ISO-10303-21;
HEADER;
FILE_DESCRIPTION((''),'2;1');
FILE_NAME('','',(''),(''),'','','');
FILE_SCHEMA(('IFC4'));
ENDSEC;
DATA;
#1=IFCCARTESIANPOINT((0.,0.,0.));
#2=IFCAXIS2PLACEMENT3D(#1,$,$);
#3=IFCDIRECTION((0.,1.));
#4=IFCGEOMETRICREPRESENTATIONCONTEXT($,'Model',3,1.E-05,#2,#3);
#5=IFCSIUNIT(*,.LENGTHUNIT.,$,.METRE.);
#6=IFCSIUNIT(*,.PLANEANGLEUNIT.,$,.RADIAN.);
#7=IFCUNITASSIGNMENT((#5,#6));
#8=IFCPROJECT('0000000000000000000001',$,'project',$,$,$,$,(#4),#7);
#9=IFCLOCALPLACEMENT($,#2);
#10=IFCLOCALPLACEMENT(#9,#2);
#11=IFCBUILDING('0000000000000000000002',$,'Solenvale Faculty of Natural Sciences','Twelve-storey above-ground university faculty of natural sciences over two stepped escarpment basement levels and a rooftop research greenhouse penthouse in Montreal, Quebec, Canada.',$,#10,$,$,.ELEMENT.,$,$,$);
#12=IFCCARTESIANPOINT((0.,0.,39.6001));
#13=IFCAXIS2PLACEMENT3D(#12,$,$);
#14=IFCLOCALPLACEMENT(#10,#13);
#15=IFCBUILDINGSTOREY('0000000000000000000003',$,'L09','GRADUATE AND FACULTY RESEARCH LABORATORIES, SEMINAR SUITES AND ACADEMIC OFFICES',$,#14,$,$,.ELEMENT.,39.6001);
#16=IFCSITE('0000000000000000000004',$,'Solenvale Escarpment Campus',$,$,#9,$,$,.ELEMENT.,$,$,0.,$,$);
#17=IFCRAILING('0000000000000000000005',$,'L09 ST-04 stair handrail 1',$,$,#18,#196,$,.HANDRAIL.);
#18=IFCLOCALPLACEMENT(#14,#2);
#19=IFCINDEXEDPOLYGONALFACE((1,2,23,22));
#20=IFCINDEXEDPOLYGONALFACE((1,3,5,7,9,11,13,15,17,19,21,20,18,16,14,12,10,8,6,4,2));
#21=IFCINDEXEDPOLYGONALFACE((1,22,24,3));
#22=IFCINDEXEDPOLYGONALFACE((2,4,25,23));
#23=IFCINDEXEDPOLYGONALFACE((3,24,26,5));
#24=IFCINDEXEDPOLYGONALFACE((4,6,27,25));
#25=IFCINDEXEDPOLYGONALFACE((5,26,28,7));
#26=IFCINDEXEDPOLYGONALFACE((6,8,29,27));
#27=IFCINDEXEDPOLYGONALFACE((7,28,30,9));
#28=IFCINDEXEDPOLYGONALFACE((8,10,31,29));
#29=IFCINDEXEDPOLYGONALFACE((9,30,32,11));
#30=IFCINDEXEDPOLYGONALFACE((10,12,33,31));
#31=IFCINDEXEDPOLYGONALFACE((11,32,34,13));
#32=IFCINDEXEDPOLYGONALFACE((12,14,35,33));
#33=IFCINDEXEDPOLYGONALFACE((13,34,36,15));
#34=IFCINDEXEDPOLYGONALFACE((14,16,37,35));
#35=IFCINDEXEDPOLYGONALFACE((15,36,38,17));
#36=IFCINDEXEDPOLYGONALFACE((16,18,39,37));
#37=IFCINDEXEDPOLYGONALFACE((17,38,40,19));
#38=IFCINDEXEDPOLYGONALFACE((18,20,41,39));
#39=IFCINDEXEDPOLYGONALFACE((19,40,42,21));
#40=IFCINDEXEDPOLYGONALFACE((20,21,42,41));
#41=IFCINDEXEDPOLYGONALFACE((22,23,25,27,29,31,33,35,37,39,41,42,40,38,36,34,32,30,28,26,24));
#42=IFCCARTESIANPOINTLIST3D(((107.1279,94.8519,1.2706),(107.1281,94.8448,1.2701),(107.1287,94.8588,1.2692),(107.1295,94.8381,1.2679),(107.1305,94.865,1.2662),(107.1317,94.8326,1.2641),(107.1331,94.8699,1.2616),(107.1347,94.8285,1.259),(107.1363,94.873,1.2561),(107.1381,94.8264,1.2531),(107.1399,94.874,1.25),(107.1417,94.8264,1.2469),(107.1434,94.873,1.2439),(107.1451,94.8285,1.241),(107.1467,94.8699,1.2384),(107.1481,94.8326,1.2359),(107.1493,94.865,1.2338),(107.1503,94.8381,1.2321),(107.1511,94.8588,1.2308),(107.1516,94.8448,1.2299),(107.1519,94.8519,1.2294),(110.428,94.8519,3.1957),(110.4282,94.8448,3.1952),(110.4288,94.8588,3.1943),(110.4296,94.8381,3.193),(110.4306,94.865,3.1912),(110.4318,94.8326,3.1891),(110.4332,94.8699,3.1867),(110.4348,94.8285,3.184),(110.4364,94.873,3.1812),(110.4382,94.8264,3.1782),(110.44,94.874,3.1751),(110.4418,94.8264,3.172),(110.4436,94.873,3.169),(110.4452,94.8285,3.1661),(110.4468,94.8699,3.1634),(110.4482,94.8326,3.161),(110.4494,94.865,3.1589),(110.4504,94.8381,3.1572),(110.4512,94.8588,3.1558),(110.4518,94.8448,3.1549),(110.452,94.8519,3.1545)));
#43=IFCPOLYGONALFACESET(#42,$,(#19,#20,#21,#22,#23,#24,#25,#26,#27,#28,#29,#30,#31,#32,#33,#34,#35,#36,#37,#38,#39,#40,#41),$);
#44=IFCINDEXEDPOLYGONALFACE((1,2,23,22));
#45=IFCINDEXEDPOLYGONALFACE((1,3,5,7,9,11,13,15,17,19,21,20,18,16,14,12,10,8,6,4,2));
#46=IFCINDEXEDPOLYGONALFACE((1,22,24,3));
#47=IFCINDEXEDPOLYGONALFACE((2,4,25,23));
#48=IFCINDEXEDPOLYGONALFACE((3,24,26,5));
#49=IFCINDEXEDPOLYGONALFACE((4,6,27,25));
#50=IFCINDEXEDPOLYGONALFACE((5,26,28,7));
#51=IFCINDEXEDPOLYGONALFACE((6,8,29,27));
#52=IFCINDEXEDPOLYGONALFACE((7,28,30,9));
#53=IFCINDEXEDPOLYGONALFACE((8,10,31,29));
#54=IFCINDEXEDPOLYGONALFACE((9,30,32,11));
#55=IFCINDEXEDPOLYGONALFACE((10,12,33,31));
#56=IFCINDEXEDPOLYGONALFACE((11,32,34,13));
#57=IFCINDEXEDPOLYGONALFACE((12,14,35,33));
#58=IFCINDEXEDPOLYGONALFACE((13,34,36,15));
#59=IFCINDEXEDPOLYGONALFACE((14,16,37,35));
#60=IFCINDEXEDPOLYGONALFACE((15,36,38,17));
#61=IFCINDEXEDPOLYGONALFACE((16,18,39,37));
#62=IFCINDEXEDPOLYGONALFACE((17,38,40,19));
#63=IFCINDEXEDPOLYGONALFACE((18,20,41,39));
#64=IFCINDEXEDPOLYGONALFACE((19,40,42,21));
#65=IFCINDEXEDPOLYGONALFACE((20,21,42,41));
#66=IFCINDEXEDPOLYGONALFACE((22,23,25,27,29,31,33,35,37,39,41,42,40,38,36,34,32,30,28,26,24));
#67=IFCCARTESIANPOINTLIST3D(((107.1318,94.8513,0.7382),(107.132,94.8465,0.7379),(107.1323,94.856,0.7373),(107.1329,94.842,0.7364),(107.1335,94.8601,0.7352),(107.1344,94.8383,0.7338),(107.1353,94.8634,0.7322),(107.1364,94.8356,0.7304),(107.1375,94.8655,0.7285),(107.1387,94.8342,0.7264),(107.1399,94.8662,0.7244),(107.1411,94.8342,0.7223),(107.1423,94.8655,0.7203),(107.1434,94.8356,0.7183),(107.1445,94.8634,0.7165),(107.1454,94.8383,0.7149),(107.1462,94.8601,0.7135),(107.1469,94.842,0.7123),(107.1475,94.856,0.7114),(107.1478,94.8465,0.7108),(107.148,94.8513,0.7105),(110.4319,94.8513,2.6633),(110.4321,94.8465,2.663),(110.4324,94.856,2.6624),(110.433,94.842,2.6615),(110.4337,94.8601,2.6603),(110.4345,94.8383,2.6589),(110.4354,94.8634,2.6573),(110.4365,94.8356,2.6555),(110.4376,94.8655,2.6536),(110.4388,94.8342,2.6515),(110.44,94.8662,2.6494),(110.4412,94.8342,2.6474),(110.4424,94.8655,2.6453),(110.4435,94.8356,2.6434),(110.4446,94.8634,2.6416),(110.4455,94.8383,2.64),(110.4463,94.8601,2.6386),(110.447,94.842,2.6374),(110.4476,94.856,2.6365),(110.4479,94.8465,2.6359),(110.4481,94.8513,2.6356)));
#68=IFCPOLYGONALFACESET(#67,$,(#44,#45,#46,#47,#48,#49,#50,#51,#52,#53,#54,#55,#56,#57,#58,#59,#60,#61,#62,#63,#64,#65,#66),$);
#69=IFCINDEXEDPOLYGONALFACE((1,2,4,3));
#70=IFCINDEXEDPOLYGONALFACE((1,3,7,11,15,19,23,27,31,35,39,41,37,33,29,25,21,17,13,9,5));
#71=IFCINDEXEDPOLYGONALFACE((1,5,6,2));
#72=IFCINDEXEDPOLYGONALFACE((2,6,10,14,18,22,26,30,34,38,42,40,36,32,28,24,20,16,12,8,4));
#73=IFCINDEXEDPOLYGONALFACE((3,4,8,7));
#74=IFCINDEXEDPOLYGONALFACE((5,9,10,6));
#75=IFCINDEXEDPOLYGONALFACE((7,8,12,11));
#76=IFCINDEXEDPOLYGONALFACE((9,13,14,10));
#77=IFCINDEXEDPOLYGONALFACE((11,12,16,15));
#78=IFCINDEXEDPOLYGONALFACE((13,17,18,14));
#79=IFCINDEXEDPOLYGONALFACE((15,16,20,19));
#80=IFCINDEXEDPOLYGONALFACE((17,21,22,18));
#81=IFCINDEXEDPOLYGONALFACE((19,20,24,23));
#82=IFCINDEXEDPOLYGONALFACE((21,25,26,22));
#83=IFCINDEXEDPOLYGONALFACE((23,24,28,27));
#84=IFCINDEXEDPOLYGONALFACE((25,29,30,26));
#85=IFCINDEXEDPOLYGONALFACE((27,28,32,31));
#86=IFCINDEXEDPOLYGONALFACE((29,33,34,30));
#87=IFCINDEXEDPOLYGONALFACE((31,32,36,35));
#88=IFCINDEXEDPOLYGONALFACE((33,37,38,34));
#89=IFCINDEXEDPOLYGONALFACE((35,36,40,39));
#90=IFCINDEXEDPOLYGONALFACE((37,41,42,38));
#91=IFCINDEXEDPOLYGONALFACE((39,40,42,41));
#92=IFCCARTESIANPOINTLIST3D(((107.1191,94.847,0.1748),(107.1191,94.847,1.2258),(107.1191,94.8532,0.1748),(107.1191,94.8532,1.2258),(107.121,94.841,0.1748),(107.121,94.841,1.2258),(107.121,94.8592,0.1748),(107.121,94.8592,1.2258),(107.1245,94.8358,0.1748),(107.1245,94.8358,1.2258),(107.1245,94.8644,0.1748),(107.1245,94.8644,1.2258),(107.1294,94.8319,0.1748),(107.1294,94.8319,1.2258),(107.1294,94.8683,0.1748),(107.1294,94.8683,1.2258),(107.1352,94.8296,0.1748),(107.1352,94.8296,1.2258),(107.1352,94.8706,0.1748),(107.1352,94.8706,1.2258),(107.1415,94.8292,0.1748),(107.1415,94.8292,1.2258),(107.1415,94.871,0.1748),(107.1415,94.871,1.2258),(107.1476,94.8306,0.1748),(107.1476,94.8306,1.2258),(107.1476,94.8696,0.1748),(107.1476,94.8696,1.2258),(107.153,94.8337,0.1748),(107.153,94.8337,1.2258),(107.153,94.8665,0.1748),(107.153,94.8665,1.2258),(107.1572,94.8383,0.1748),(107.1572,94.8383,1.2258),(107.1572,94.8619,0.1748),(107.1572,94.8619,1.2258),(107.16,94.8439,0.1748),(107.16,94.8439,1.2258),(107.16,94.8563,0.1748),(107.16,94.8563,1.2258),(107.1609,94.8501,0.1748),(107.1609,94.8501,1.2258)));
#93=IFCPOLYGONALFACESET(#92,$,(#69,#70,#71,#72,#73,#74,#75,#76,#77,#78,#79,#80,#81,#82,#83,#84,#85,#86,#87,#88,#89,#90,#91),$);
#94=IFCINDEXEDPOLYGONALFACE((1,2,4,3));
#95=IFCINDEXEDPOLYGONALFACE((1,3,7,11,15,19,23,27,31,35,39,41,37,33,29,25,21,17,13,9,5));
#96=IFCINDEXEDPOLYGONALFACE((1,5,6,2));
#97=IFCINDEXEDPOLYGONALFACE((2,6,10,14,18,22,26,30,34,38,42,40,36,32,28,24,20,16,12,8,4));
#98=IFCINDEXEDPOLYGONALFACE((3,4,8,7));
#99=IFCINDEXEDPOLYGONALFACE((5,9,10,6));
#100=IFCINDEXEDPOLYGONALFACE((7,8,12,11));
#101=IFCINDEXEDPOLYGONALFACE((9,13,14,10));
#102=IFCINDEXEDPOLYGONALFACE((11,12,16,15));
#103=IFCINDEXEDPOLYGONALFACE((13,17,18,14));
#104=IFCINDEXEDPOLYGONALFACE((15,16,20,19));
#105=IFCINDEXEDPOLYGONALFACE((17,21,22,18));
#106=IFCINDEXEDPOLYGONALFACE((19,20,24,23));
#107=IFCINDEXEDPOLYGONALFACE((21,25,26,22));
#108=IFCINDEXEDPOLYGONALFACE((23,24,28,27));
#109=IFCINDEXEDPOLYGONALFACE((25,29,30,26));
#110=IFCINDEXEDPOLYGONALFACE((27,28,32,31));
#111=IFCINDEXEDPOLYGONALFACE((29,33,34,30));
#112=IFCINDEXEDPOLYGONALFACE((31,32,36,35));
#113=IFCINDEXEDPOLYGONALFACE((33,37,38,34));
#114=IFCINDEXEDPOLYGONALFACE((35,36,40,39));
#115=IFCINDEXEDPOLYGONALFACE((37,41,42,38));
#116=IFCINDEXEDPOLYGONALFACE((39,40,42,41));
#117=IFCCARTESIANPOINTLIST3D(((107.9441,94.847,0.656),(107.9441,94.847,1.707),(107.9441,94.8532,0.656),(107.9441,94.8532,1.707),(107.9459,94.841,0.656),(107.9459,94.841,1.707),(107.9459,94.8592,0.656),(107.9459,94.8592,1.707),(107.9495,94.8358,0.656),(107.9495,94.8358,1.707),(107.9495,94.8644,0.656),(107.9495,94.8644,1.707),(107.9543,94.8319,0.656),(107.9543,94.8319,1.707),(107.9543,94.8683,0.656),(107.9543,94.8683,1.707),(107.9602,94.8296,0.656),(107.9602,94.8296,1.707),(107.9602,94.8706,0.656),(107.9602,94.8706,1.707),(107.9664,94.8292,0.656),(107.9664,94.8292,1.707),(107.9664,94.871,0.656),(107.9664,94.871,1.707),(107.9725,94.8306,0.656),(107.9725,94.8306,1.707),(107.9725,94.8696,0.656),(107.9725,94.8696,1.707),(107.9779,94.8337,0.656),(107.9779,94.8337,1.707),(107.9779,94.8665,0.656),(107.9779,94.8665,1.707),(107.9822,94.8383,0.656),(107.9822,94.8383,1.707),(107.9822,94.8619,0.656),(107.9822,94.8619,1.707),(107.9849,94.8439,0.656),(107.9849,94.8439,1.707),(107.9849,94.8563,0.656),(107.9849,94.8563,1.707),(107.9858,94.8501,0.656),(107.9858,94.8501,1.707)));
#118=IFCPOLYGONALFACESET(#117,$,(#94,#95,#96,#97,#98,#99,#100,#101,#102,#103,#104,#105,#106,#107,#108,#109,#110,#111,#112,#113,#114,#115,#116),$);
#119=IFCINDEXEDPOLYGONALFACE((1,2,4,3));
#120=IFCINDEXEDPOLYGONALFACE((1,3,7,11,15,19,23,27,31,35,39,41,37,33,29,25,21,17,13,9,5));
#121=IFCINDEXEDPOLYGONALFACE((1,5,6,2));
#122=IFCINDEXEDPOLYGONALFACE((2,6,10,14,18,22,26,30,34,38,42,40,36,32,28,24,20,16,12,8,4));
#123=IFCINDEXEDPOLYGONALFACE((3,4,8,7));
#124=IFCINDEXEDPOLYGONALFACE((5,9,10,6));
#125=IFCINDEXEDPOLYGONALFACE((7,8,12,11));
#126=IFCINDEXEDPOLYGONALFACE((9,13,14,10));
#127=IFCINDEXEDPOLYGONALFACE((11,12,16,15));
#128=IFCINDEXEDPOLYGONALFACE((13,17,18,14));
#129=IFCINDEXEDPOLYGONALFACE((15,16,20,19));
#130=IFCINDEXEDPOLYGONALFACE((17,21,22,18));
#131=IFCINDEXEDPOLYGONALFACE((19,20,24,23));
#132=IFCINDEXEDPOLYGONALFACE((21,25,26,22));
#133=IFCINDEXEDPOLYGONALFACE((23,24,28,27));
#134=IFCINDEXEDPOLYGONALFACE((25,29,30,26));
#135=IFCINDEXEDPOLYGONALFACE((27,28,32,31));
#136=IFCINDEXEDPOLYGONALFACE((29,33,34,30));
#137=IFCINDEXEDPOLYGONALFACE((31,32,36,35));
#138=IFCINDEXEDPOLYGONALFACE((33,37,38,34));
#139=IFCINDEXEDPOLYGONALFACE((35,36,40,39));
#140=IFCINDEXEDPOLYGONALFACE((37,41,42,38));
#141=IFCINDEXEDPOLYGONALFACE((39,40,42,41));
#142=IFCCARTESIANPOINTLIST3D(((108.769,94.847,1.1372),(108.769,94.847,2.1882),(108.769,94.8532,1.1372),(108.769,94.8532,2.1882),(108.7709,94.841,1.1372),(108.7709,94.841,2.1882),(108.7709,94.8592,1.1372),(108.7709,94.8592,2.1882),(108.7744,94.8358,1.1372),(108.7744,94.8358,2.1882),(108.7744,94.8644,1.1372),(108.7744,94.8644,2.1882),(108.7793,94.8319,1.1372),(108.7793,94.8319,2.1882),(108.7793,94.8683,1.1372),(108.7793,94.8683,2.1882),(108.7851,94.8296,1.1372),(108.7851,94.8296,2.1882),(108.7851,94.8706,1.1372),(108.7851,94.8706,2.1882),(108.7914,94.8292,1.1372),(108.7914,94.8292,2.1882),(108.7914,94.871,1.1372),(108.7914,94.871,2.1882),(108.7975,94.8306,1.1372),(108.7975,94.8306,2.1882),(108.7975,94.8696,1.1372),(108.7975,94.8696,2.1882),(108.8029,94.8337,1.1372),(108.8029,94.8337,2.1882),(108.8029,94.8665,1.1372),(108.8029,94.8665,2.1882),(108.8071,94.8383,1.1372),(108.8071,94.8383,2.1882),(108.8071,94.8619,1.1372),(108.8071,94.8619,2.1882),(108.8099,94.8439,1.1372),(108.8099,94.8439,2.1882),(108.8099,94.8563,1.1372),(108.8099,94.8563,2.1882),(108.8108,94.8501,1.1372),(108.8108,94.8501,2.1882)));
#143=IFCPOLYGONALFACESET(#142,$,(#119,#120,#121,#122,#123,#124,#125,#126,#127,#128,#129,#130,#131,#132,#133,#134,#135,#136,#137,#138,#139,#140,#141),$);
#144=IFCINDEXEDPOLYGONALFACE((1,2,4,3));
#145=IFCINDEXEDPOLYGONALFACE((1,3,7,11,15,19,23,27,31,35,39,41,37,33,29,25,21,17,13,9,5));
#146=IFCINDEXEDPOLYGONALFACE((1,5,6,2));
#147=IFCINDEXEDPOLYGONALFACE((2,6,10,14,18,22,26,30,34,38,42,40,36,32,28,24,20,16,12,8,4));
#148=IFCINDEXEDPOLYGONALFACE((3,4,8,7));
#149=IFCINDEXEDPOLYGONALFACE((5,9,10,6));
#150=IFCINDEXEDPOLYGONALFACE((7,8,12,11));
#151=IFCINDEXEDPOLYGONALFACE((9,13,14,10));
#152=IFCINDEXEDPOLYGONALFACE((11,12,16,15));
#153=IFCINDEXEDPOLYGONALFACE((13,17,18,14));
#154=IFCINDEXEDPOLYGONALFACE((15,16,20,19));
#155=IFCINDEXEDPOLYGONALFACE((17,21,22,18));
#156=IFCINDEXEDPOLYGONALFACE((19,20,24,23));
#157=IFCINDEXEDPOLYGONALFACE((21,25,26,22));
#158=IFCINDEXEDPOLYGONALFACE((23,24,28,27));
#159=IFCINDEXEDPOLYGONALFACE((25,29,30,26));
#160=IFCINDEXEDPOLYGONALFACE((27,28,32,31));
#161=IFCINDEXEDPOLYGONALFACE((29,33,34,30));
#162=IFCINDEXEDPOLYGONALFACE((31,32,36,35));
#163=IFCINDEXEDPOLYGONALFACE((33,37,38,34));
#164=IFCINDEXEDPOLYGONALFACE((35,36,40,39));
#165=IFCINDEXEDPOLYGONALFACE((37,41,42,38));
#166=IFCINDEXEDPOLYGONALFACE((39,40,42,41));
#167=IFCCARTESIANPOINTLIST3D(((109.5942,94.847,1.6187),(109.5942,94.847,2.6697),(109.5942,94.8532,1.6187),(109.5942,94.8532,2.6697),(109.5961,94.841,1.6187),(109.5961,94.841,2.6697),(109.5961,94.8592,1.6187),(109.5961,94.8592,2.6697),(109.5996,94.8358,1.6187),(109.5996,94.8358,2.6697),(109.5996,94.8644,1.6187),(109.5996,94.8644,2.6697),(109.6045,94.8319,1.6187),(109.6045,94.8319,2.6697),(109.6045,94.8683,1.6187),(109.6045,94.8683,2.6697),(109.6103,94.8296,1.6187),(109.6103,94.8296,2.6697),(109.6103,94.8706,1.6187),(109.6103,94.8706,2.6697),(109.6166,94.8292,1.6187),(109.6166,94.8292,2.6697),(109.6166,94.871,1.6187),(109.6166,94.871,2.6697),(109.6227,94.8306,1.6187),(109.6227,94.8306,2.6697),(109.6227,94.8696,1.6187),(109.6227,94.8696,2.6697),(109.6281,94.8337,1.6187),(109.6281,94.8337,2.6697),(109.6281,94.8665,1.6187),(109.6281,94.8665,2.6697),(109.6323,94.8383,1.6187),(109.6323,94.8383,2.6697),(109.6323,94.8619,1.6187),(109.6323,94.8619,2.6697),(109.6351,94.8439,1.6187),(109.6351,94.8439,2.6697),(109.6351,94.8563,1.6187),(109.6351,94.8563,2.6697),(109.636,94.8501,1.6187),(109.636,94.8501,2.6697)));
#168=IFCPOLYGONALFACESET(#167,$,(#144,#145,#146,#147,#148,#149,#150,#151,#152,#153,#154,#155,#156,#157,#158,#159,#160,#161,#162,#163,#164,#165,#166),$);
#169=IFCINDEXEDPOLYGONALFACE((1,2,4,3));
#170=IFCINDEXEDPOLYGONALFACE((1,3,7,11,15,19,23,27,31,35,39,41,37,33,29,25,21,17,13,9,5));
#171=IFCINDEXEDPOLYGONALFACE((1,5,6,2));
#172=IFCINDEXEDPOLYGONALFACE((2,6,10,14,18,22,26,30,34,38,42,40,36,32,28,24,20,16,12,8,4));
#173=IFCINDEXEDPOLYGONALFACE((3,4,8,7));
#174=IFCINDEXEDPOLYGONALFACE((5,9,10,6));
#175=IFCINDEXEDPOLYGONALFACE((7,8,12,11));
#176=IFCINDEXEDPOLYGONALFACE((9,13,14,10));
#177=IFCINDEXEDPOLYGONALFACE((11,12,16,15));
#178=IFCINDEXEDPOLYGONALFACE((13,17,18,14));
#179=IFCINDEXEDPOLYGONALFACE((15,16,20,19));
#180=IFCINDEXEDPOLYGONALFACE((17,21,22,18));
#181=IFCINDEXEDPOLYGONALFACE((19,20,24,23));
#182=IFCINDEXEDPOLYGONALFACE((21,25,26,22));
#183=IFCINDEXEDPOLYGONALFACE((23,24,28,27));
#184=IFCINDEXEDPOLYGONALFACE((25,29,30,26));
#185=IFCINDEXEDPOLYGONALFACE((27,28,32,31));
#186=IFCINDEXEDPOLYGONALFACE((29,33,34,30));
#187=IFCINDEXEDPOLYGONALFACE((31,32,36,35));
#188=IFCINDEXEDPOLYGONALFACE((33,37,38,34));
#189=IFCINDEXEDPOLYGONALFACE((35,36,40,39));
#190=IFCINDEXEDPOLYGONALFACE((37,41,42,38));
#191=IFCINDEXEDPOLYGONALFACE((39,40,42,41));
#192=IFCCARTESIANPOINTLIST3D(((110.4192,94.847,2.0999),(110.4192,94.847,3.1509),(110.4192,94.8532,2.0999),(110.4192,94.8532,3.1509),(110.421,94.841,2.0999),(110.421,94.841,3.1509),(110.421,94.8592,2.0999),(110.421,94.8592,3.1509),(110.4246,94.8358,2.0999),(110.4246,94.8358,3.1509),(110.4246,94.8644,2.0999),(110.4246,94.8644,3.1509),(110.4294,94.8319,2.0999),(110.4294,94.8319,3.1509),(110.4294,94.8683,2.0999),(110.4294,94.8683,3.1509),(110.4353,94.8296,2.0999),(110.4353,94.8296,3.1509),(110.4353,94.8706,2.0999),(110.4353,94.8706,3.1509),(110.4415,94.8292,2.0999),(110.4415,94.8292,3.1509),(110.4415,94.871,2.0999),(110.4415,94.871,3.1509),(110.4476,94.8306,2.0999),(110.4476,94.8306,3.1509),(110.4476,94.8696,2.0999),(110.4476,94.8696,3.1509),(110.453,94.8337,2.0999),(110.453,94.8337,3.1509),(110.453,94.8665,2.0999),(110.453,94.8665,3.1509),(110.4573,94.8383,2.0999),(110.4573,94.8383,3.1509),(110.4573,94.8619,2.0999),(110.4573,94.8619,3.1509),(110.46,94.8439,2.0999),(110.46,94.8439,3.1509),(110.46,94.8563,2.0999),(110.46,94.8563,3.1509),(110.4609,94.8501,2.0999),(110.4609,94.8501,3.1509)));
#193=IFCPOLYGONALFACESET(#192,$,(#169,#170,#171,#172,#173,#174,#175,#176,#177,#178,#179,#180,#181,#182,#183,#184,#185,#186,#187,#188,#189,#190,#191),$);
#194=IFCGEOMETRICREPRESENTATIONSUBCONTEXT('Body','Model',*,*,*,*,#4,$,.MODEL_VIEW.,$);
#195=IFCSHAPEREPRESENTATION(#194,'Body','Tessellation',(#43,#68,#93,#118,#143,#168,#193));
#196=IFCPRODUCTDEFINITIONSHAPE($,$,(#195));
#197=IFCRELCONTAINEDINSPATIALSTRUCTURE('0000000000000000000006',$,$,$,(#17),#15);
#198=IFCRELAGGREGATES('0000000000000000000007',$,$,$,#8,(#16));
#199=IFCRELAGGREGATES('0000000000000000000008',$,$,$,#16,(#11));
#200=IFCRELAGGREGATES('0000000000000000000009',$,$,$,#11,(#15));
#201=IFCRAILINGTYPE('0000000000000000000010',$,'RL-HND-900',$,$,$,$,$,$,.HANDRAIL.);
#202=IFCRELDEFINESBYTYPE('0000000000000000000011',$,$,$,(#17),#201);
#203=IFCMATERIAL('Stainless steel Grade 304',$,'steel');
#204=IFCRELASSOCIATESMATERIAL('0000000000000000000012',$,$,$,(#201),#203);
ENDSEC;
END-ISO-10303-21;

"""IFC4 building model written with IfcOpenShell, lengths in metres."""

from ifc_helpers import new_model, si_unit, direction, frame, origin, origin_2d, place, context, subcontext, project, spatial, circle, extrude, material, type_object, element, save


model = new_model("IFC4")

# Units and contexts
model_context = context("Model", 3, precision=1e-05, world=origin(), true_north=direction((0.0, 1.0)))
body_context = subcontext(model_context, "Body", "Model", "MODEL_VIEW")
ifc_project = project(units=[si_unit("LENGTHUNIT", "METRE"), si_unit("PLANEANGLEUNIT", "RADIAN")], contexts=[model_context])

# Site, building, storey
site_placement = place(None, origin())
site = spatial("IfcSite", under=ifc_project, at=site_placement, Name="Solenvale Escarpment Campus", CompositionType="ELEMENT", RefElevation=0.0)
building_placement = place(site_placement, origin())
building = spatial("IfcBuilding", under=site, at=building_placement, Name="Solenvale Faculty of Natural Sciences", Description="Twelve-storey above-ground university faculty of natural sciences over two stepped escarpment basement levels and a rooftop research greenhouse penthouse in Montreal, Quebec, Canada.", CompositionType="ELEMENT")
storey_placement = place(building_placement, frame((0.0, 0.0, 39.6001)))
storey = spatial("IfcBuildingStorey", under=building, at=storey_placement, Name="L09", Description="GRADUATE AND FACULTY RESEARCH LABORATORIES, SEMINAR SUITES AND ACADEMIC OFFICES", CompositionType="ELEMENT", Elevation=39.6001)

# Railing
ifc_material_1 = material(Name="Stainless steel Grade 304", Category="steel")
railing_type_1 = type_object("IfcRailingType", Name="RL-HND-900", PredefinedType="HANDRAIL", material=ifc_material_1)
railing_1_placement = place(storey_placement, frame((107.1399, 94.8501, 0.1748)))
element("IfcRailing", 1, at=railing_1_placement, inside=storey, type_object=railing_type_1, Name="L09 ST-04 stair handrail 1", PredefinedType="HANDRAIL", context=body_context, shape_type="SweptSolid", body=[
    extrude(circle(Radius=0.0239, at=origin_2d()), frame((0.0, 0.0, 1.0752), z_axis=(0.863777, 0.0, 0.503875), x_axis=(0.0, 1.0, 0.0)), (0.0, 0.0, 1.0), 3.8206),
    extrude(circle(Radius=0.0161, at=origin_2d()), frame((0.0, 0.0, 0.5496), z_axis=(0.863777, 0.0, 0.503875), x_axis=(0.0, 1.0, 0.0)), (0.0, 0.0, 1.0), 3.8206),
    extrude(circle(Radius=0.021, at=origin_2d()), origin(), (0.0, 0.0, 1.0), 1.051),
    extrude(circle(Radius=0.021, at=origin_2d()), frame((0.825, 0.0, 0.4812)), (0.0, 0.0, 1.0), 1.051),
    extrude(circle(Radius=0.021, at=origin_2d()), frame((1.6499, 0.0, 0.9624)), (0.0, 0.0, 1.0), 1.051),
    extrude(circle(Radius=0.021, at=origin_2d()), frame((2.4751, 0.0, 1.4438)), (0.0, 0.0, 1.0), 1.051),
    extrude(circle(Radius=0.021, at=origin_2d()), frame((3.3, 0.0, 1.925)), (0.0, 0.0, 1.0), 1.051),
])

save(model, "model.ifc")
